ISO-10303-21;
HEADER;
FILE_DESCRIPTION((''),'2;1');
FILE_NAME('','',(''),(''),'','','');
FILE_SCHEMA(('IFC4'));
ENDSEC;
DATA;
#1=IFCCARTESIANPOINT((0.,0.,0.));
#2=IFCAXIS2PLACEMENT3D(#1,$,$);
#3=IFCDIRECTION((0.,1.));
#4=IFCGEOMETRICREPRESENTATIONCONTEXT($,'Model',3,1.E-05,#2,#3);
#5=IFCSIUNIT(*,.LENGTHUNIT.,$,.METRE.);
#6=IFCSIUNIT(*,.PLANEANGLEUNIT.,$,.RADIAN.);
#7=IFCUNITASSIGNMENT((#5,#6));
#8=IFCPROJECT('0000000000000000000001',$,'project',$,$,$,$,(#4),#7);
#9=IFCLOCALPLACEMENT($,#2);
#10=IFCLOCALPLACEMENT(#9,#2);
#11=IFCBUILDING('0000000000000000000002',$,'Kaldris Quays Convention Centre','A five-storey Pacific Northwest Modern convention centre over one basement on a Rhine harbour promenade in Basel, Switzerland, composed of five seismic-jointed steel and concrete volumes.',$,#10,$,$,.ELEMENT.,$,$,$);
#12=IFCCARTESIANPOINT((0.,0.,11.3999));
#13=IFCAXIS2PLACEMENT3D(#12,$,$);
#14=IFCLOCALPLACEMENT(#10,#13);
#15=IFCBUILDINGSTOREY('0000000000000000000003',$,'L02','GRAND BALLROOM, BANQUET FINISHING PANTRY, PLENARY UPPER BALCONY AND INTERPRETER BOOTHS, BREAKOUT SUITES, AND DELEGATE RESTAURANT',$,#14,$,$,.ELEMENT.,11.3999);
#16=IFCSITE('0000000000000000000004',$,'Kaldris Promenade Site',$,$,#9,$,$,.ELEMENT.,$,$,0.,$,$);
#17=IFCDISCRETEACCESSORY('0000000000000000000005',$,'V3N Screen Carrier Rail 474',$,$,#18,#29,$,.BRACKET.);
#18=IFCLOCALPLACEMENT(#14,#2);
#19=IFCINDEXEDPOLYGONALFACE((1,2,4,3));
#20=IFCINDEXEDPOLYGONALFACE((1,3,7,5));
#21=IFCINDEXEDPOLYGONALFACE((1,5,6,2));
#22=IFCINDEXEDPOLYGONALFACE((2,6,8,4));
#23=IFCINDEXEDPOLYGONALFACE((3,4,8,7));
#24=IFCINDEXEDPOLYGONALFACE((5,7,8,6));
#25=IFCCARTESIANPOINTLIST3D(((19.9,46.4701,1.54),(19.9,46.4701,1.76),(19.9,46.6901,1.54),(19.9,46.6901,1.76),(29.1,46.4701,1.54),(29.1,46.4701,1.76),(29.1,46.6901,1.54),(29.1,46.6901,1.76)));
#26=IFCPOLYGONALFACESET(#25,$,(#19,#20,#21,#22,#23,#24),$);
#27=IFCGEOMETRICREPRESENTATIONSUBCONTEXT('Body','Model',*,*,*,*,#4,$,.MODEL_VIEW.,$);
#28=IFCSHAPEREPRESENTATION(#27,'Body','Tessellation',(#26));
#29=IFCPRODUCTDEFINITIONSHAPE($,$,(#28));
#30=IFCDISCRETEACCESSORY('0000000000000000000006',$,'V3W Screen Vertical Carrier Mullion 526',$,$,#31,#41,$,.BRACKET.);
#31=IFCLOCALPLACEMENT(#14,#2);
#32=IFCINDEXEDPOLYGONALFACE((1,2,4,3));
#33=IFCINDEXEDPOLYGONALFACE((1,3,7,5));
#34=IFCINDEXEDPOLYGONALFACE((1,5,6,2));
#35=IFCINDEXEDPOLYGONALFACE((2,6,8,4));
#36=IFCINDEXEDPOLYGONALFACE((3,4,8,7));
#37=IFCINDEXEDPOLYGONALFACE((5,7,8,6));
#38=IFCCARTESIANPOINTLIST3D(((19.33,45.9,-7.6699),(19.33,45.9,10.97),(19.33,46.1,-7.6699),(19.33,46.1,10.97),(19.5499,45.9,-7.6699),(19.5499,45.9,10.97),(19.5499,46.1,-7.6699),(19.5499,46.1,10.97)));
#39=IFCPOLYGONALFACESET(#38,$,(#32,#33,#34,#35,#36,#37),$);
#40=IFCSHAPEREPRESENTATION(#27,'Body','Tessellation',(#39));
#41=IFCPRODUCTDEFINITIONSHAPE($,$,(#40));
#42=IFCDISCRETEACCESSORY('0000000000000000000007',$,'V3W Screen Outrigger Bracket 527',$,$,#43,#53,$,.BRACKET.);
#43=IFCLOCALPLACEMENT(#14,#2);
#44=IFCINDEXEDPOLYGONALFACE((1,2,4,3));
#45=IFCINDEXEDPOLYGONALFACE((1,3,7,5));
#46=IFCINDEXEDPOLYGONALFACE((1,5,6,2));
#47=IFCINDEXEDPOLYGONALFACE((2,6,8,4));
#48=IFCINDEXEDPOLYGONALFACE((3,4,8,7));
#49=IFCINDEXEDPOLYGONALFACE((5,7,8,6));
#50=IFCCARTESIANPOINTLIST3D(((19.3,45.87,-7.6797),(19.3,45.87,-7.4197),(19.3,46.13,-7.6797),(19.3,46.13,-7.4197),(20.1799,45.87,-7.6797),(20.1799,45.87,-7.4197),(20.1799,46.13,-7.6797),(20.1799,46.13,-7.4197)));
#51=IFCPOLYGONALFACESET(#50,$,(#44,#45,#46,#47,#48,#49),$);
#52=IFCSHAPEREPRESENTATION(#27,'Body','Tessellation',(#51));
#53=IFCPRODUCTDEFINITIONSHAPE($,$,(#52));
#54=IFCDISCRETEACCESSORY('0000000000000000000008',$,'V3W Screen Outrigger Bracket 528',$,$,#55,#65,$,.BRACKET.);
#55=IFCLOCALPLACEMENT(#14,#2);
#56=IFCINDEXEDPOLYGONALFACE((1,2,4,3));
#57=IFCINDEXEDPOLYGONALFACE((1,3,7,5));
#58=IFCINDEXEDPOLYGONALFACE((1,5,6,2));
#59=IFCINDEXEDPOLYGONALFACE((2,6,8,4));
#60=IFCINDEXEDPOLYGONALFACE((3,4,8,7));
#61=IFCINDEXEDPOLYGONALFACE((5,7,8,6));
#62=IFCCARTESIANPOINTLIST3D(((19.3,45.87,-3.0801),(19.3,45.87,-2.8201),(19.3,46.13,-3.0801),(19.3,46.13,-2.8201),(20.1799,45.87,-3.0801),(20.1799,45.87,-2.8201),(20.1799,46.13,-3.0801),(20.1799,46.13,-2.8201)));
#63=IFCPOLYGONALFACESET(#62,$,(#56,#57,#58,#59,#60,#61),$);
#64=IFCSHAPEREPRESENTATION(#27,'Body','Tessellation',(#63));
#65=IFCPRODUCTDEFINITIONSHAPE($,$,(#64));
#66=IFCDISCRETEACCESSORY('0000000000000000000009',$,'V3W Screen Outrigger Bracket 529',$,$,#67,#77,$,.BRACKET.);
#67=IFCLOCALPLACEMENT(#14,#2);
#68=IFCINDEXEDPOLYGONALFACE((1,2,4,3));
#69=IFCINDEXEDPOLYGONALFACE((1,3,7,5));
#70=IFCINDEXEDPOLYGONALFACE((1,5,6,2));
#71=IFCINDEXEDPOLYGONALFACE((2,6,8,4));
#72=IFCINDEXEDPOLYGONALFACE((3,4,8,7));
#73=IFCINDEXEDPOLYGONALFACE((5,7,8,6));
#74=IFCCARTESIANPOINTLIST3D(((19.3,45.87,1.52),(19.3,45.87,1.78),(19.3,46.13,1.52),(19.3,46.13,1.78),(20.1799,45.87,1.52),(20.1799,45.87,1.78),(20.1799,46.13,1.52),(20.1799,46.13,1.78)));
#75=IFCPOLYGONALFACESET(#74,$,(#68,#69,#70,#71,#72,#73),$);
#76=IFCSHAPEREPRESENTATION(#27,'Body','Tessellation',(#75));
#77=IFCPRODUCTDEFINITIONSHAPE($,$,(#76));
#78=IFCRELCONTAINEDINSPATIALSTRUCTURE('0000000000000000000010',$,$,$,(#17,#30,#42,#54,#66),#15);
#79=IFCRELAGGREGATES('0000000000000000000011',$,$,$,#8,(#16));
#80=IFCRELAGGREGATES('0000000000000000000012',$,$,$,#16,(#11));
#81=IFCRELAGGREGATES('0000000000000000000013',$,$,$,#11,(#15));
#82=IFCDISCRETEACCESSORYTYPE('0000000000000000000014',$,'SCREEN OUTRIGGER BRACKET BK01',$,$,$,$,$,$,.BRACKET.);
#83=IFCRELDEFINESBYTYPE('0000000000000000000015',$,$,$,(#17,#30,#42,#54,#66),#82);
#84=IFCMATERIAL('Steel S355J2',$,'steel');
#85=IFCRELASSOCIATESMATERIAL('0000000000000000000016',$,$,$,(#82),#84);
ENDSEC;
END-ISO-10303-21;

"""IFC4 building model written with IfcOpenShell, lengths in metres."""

from ifc_helpers import new_model, si_unit, direction, frame, origin, origin_2d, place, context, subcontext, project, spatial, rectangle, extrude, material, type_object, element, save


model = new_model("IFC4")

# Units and contexts
model_context = context("Model", 3, precision=1e-05, world=origin(), true_north=direction((0.0, 1.0)))
body_context = subcontext(model_context, "Body", "Model", "MODEL_VIEW")
ifc_project = project(units=[si_unit("LENGTHUNIT", "METRE"), si_unit("PLANEANGLEUNIT", "RADIAN")], contexts=[model_context])

# Site, building, storey
site_placement = place(None, origin())
site = spatial("IfcSite", under=ifc_project, at=site_placement, Name="Kaldris Promenade Site", CompositionType="ELEMENT", RefElevation=0.0)
building_placement = place(site_placement, origin())
building = spatial("IfcBuilding", under=site, at=building_placement, Name="Kaldris Quays Convention Centre", Description="A five-storey Pacific Northwest Modern convention centre over one basement on a Rhine harbour promenade in Basel, Switzerland, composed of five seismic-jointed steel and concrete volumes.", CompositionType="ELEMENT")
storey_placement = place(building_placement, frame((0.0, 0.0, 11.3999)))
storey = spatial("IfcBuildingStorey", under=building, at=storey_placement, Name="L02", Description="GRAND BALLROOM, BANQUET FINISHING PANTRY, PLENARY UPPER BALCONY AND INTERPRETER BOOTHS, BREAKOUT SUITES, AND DELEGATE RESTAURANT", CompositionType="ELEMENT", Elevation=11.3999)

# Shared definitions
ifc_material_1 = material(Name="Steel S355J2", Category="steel")

# Discrete accessories
discrete_accessory_type = type_object("IfcDiscreteAccessoryType", Name="SCREEN OUTRIGGER BRACKET BK01", PredefinedType="BRACKET", material=ifc_material_1)
for number, where, z_axis, x_axis, name in (
    (1, (24.5, 46.5801, 1.54), (0.0, 0.0, 1.0), (1.0, 0.0, 0.0), "V3N Screen Carrier Rail 474"),
):
    element("IfcDiscreteAccessory", number, at=place(storey_placement, frame(where, z_axis=z_axis, x_axis=x_axis)), inside=storey, type_object=discrete_accessory_type, Name=name, PredefinedType="BRACKET", context=body_context, shape_type="SweptSolid", body=[
        extrude(rectangle(XDim=9.2, YDim=0.22, at=origin_2d()), origin(), (0.0, 0.0, 1.0), 0.22),
    ])
discrete_accessory_1_placement = place(storey_placement, frame((19.4399, 46.0, -7.6699), z_axis=(0.0, 0.0, 1.0), x_axis=(0.0, 1.0, 0.0)))
element("IfcDiscreteAccessory", 2, at=discrete_accessory_1_placement, inside=storey, type_object=discrete_accessory_type, Name="V3W Screen Vertical Carrier Mullion 526", PredefinedType="BRACKET", context=body_context, shape_type="SweptSolid", body=[
    extrude(rectangle(XDim=0.2, YDim=0.22, at=origin_2d()), origin(), (0.0, 0.0, 1.0), 18.6399),
])
for number, where, z_axis, x_axis, name in (
    (3, (19.74, 46.0, -7.6797), (0.0, 0.0, 1.0), (0.0, 1.0, 0.0), "V3W Screen Outrigger Bracket 527"),
    (4, (19.74, 46.0, -3.0801), (0.0, 0.0, 1.0), (0.0, 1.0, 0.0), "V3W Screen Outrigger Bracket 528"),
    (5, (19.74, 46.0, 1.52), (0.0, 0.0, 1.0), (0.0, 1.0, 0.0), "V3W Screen Outrigger Bracket 529"),
):
    element("IfcDiscreteAccessory", number, at=place(storey_placement, frame(where, z_axis=z_axis, x_axis=x_axis)), inside=storey, type_object=discrete_accessory_type, Name=name, PredefinedType="BRACKET", context=body_context, shape_type="SweptSolid", body=[
        extrude(rectangle(XDim=0.26, YDim=0.8799, at=origin_2d()), origin(), (0.0, 0.0, 1.0), 0.26),
    ])

save(model, "model.ifc")
